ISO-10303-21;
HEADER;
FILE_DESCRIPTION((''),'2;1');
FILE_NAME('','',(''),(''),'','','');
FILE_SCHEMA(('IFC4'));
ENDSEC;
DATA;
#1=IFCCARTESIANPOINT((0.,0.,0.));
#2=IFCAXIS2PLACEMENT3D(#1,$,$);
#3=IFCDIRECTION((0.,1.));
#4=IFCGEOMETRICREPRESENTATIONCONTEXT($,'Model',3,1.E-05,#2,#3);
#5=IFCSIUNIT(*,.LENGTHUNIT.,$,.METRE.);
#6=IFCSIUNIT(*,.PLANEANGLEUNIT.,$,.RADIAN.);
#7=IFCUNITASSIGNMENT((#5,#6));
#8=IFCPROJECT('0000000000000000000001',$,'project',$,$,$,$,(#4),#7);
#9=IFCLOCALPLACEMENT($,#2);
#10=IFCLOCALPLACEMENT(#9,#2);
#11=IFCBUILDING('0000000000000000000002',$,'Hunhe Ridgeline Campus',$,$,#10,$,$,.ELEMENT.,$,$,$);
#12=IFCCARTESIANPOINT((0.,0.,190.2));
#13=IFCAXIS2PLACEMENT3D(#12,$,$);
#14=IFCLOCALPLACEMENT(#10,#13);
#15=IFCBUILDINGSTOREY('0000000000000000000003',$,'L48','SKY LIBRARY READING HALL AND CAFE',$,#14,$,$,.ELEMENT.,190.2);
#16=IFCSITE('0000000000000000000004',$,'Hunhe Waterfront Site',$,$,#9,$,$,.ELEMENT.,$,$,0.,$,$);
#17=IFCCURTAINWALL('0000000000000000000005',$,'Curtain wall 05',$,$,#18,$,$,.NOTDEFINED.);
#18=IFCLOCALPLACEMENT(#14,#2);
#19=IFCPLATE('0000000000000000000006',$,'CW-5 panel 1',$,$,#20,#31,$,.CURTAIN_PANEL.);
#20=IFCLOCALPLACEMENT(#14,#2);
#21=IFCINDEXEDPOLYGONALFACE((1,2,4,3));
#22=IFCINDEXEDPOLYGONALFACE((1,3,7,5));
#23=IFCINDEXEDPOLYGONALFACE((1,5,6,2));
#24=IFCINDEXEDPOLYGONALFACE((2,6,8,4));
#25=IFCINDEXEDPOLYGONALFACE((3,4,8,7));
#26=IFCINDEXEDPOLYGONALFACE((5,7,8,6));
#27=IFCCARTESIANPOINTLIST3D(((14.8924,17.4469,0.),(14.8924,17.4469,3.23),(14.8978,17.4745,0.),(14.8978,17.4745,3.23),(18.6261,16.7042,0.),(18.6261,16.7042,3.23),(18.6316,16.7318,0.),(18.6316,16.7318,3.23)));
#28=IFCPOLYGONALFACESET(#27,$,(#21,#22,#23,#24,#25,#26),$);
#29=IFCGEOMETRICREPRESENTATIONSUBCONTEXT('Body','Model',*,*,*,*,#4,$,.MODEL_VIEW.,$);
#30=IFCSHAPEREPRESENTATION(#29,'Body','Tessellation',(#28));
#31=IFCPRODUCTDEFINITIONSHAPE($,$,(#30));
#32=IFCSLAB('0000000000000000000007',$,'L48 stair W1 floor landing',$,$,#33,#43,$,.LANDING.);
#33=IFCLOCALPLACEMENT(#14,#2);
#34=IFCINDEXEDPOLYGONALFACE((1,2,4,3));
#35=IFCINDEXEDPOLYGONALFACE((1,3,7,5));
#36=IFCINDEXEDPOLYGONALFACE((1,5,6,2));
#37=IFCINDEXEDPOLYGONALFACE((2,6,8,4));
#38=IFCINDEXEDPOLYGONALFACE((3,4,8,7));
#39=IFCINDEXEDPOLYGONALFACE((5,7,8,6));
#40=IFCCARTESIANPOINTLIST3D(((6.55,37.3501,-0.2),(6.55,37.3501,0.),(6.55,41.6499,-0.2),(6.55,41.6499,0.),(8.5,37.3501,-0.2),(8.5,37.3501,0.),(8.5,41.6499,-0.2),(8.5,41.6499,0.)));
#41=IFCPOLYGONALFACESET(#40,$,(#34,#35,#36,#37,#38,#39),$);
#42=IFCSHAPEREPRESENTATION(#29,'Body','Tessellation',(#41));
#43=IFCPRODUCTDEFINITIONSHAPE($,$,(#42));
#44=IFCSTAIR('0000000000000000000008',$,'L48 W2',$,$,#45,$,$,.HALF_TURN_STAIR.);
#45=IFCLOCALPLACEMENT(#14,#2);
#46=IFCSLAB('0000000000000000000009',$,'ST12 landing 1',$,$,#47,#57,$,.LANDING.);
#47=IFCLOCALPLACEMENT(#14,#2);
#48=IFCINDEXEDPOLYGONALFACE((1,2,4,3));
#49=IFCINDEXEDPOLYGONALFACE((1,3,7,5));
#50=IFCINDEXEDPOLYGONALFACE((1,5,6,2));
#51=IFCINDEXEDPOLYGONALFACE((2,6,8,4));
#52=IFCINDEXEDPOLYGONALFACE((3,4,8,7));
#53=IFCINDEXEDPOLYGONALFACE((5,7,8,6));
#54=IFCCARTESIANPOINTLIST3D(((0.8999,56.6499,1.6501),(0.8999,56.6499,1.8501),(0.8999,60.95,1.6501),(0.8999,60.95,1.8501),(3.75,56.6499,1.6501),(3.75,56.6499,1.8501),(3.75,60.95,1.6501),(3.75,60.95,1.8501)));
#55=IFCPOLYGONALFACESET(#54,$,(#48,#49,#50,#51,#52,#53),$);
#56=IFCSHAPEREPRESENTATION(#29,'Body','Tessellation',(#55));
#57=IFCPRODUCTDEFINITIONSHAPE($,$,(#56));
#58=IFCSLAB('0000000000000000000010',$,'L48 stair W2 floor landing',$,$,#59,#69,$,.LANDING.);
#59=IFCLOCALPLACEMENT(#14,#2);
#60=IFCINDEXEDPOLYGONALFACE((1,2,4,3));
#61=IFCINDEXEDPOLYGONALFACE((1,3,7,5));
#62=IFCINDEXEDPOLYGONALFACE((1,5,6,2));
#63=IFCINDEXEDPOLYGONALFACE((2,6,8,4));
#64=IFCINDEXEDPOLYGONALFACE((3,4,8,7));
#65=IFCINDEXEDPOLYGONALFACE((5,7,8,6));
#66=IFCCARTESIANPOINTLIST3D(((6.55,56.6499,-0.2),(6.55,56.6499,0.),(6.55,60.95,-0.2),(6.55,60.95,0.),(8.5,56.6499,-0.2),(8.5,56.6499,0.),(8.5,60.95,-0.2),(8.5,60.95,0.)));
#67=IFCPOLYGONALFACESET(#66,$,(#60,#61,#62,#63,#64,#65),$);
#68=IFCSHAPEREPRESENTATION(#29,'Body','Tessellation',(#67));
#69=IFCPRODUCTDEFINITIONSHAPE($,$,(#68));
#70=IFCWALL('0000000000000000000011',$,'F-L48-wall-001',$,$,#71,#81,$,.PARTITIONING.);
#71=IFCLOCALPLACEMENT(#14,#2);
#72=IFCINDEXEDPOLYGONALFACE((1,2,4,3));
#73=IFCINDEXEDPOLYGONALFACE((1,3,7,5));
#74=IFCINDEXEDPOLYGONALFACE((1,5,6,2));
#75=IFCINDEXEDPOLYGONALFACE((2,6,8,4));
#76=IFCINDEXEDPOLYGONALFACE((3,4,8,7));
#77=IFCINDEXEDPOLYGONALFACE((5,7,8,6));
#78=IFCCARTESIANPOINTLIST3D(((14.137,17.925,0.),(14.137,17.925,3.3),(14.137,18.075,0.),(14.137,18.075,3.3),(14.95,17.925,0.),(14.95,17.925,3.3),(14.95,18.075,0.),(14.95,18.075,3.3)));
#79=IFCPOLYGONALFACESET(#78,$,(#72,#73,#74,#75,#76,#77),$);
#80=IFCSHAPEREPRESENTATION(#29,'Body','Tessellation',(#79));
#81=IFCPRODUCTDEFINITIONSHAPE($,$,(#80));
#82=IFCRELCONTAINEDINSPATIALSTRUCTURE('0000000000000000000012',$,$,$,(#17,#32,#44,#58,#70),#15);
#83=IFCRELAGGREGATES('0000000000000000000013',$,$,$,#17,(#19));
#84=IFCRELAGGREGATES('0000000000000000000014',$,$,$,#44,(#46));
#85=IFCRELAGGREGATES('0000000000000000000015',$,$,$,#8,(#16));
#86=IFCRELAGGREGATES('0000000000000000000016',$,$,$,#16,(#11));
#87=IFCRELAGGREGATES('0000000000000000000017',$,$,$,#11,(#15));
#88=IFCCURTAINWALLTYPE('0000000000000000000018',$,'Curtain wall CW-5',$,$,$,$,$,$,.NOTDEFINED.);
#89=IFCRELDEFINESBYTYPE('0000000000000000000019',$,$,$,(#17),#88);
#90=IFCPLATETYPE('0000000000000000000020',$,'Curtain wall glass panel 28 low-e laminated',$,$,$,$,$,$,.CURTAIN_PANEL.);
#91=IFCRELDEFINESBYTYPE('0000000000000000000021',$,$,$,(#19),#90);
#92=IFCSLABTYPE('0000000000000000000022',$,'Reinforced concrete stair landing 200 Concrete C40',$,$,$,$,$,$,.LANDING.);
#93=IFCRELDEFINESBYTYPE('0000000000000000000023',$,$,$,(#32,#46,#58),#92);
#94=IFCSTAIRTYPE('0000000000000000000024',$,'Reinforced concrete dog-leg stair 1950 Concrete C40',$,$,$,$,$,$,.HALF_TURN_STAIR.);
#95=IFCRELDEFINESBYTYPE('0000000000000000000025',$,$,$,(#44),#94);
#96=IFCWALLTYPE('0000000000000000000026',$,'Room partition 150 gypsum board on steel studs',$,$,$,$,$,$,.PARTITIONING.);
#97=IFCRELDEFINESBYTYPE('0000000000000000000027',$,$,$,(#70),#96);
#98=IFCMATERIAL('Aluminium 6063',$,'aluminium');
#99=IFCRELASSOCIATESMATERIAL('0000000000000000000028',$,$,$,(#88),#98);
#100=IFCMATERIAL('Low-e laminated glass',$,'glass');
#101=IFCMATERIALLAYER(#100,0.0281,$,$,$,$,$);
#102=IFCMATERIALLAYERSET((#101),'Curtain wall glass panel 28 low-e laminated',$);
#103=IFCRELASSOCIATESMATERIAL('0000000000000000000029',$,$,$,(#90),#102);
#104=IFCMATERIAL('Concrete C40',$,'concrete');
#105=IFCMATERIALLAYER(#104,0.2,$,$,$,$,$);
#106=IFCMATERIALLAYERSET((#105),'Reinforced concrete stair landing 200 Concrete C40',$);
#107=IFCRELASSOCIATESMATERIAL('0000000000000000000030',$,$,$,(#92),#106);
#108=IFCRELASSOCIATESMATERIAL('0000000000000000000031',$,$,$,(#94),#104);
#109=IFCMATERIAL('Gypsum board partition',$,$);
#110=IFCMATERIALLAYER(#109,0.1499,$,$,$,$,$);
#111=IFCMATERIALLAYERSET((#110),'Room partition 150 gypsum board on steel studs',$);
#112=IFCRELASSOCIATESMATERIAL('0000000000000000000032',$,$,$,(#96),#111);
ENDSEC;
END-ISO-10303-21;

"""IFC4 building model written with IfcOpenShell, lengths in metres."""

from ifc_helpers import new_model, si_unit, direction, frame, frame_2d, origin, origin_2d, place, context, subcontext, project, spatial, polyline, rectangle, outline, extrude, material, layer, layer_set, type_object, element, aggregate, save


model = new_model("IFC4")

# Units and contexts
model_context = context("Model", 3, precision=1e-05, world=origin(), true_north=direction((0.0, 1.0)))
body_context = subcontext(model_context, "Body", "Model", "MODEL_VIEW")
ifc_project = project(units=[si_unit("LENGTHUNIT", "METRE"), si_unit("PLANEANGLEUNIT", "RADIAN")], contexts=[model_context])

# Site, building, storey
site_placement = place(None, origin())
site = spatial("IfcSite", under=ifc_project, at=site_placement, Name="Hunhe Waterfront Site", CompositionType="ELEMENT", RefElevation=0.0)
building_placement = place(site_placement, origin())
building = spatial("IfcBuilding", under=site, at=building_placement, Name="Hunhe Ridgeline Campus", CompositionType="ELEMENT")
storey_placement = place(building_placement, frame((0.0, 0.0, 190.2)))
storey = spatial("IfcBuildingStorey", under=building, at=storey_placement, Name="L48", Description="SKY LIBRARY READING HALL AND CAFE", CompositionType="ELEMENT", Elevation=190.2)

# Shared definitions
ifc_material_1 = material(Name="Aluminium 6063", Category="aluminium")
curtain_wall_type = type_object("IfcCurtainWallType", Name="Curtain wall CW-5", PredefinedType="NOTDEFINED", material=ifc_material_1)

# Curtain wall
curtain_wall_1_placement = place(storey_placement, origin())
curtain_wall_1 = element("IfcCurtainWall", 1, at=curtain_wall_1_placement, inside=storey, type_object=curtain_wall_type, Name="Curtain wall 05", PredefinedType="NOTDEFINED")

# Plate
ifc_material_2 = material(Name="Low-e laminated glass", Category="glass")
ifc_layer_1 = layer(ifc_material_2, 0.0281)
ifc_layer_set_1 = layer_set([ifc_layer_1], Name="Curtain wall glass panel 28 low-e laminated")
plate_type = type_object("IfcPlateType", Name="Curtain wall glass panel 28 low-e laminated", PredefinedType="CURTAIN_PANEL", material=ifc_layer_set_1)
plate_1_placement = place(storey_placement, frame((16.762, 17.0894, 0.0), z_axis=(0.0, 0.0, 1.0), x_axis=(0.980785, -0.19509, 0.0)))
plate_1 = element("IfcPlate", 2, at=plate_1_placement, type_object=plate_type, Name="CW-5 panel 1", PredefinedType="CURTAIN_PANEL", context=body_context, shape_type="SweptSolid", body=[
    extrude(rectangle(XDim=3.8069, YDim=0.0281, at=origin_2d()), origin(), (0.0, 0.0, 1.0), 3.23),
])
aggregate(curtain_wall_1, [plate_1])

# Slab
ifc_material_3 = material(Name="Concrete C40", Category="concrete")
ifc_layer_2 = layer(ifc_material_3, 0.2)
ifc_layer_set_2 = layer_set([ifc_layer_2], Name="Reinforced concrete stair landing 200 Concrete C40")
slab_type = type_object("IfcSlabType", Name="Reinforced concrete stair landing 200 Concrete C40", PredefinedType="LANDING", material=ifc_layer_set_2)
slab_1_placement = place(storey_placement, frame((0.0, 0.0, -0.2)))
element("IfcSlab", 3, at=slab_1_placement, inside=storey, type_object=slab_type, Name="L48 stair W1 floor landing", PredefinedType="LANDING", context=body_context, shape_type="SweptSolid", body=[
    extrude(outline(polyline([(8.5, 41.6499), (6.55, 41.6499), (6.55, 37.3501), (8.5, 37.3501), (8.5, 41.6499)])), origin(), (0.0, 0.0, 1.0), 0.2),
])

# Stair, slab
stair_type = type_object("IfcStairType", Name="Reinforced concrete dog-leg stair 1950 Concrete C40", PredefinedType="HALF_TURN_STAIR", material=ifc_material_3)
stair_placement = place(storey_placement, origin())
stair = element("IfcStair", 4, at=stair_placement, inside=storey, type_object=stair_type, Name="L48 W2", PredefinedType="HALF_TURN_STAIR")
slab_2_placement = place(storey_placement, frame((0.0, 0.0, 1.6501)))
slab_2 = element("IfcSlab", 5, at=slab_2_placement, type_object=slab_type, Name="ST12 landing 1", PredefinedType="LANDING", context=body_context, shape_type="SweptSolid", body=[
    extrude(outline(polyline([(3.75, 60.95), (0.8999, 60.95), (0.8999, 56.6499), (3.75, 56.6499), (3.75, 60.95)])), origin(), (0.0, 0.0, 1.0), 0.2),
])
aggregate(stair, [slab_2])

# Slab
slab_3_placement = place(storey_placement, frame((0.0, 0.0, -0.2)))
element("IfcSlab", 6, at=slab_3_placement, inside=storey, type_object=slab_type, Name="L48 stair W2 floor landing", PredefinedType="LANDING", context=body_context, shape_type="SweptSolid", body=[
    extrude(outline(polyline([(8.5, 60.95), (6.55, 60.95), (6.55, 56.6499), (8.5, 56.6499), (8.5, 60.95)])), origin(), (0.0, 0.0, 1.0), 0.2),
])

# Shared definitions
ifc_material_4 = material(Name="Gypsum board partition")

# Wall
ifc_layer_3 = layer(ifc_material_4, 0.1499)
ifc_layer_set_3 = layer_set([ifc_layer_3], Name="Room partition 150 gypsum board on steel studs")
wall_type_1 = type_object("IfcWallType", Name="Room partition 150 gypsum board on steel studs", PredefinedType="PARTITIONING", material=ifc_layer_set_3)
wall_1_placement = place(storey_placement, frame((14.137, 18.0, 0.0), z_axis=(0.0, 0.0, 1.0), x_axis=(1.0, 0.0, 0.0)))
element("IfcWall", 7, at=wall_1_placement, inside=storey, type_object=wall_type_1, Name="F-L48-wall-001", PredefinedType="PARTITIONING", context=body_context, shape_type="SweptSolid", body=[
    extrude(rectangle(XDim=0.813, YDim=0.1499, at=frame_2d((0.4065, 0.0))), origin(), (0.0, 0.0, 1.0), 3.3),
])

save(model, "model.ifc")
